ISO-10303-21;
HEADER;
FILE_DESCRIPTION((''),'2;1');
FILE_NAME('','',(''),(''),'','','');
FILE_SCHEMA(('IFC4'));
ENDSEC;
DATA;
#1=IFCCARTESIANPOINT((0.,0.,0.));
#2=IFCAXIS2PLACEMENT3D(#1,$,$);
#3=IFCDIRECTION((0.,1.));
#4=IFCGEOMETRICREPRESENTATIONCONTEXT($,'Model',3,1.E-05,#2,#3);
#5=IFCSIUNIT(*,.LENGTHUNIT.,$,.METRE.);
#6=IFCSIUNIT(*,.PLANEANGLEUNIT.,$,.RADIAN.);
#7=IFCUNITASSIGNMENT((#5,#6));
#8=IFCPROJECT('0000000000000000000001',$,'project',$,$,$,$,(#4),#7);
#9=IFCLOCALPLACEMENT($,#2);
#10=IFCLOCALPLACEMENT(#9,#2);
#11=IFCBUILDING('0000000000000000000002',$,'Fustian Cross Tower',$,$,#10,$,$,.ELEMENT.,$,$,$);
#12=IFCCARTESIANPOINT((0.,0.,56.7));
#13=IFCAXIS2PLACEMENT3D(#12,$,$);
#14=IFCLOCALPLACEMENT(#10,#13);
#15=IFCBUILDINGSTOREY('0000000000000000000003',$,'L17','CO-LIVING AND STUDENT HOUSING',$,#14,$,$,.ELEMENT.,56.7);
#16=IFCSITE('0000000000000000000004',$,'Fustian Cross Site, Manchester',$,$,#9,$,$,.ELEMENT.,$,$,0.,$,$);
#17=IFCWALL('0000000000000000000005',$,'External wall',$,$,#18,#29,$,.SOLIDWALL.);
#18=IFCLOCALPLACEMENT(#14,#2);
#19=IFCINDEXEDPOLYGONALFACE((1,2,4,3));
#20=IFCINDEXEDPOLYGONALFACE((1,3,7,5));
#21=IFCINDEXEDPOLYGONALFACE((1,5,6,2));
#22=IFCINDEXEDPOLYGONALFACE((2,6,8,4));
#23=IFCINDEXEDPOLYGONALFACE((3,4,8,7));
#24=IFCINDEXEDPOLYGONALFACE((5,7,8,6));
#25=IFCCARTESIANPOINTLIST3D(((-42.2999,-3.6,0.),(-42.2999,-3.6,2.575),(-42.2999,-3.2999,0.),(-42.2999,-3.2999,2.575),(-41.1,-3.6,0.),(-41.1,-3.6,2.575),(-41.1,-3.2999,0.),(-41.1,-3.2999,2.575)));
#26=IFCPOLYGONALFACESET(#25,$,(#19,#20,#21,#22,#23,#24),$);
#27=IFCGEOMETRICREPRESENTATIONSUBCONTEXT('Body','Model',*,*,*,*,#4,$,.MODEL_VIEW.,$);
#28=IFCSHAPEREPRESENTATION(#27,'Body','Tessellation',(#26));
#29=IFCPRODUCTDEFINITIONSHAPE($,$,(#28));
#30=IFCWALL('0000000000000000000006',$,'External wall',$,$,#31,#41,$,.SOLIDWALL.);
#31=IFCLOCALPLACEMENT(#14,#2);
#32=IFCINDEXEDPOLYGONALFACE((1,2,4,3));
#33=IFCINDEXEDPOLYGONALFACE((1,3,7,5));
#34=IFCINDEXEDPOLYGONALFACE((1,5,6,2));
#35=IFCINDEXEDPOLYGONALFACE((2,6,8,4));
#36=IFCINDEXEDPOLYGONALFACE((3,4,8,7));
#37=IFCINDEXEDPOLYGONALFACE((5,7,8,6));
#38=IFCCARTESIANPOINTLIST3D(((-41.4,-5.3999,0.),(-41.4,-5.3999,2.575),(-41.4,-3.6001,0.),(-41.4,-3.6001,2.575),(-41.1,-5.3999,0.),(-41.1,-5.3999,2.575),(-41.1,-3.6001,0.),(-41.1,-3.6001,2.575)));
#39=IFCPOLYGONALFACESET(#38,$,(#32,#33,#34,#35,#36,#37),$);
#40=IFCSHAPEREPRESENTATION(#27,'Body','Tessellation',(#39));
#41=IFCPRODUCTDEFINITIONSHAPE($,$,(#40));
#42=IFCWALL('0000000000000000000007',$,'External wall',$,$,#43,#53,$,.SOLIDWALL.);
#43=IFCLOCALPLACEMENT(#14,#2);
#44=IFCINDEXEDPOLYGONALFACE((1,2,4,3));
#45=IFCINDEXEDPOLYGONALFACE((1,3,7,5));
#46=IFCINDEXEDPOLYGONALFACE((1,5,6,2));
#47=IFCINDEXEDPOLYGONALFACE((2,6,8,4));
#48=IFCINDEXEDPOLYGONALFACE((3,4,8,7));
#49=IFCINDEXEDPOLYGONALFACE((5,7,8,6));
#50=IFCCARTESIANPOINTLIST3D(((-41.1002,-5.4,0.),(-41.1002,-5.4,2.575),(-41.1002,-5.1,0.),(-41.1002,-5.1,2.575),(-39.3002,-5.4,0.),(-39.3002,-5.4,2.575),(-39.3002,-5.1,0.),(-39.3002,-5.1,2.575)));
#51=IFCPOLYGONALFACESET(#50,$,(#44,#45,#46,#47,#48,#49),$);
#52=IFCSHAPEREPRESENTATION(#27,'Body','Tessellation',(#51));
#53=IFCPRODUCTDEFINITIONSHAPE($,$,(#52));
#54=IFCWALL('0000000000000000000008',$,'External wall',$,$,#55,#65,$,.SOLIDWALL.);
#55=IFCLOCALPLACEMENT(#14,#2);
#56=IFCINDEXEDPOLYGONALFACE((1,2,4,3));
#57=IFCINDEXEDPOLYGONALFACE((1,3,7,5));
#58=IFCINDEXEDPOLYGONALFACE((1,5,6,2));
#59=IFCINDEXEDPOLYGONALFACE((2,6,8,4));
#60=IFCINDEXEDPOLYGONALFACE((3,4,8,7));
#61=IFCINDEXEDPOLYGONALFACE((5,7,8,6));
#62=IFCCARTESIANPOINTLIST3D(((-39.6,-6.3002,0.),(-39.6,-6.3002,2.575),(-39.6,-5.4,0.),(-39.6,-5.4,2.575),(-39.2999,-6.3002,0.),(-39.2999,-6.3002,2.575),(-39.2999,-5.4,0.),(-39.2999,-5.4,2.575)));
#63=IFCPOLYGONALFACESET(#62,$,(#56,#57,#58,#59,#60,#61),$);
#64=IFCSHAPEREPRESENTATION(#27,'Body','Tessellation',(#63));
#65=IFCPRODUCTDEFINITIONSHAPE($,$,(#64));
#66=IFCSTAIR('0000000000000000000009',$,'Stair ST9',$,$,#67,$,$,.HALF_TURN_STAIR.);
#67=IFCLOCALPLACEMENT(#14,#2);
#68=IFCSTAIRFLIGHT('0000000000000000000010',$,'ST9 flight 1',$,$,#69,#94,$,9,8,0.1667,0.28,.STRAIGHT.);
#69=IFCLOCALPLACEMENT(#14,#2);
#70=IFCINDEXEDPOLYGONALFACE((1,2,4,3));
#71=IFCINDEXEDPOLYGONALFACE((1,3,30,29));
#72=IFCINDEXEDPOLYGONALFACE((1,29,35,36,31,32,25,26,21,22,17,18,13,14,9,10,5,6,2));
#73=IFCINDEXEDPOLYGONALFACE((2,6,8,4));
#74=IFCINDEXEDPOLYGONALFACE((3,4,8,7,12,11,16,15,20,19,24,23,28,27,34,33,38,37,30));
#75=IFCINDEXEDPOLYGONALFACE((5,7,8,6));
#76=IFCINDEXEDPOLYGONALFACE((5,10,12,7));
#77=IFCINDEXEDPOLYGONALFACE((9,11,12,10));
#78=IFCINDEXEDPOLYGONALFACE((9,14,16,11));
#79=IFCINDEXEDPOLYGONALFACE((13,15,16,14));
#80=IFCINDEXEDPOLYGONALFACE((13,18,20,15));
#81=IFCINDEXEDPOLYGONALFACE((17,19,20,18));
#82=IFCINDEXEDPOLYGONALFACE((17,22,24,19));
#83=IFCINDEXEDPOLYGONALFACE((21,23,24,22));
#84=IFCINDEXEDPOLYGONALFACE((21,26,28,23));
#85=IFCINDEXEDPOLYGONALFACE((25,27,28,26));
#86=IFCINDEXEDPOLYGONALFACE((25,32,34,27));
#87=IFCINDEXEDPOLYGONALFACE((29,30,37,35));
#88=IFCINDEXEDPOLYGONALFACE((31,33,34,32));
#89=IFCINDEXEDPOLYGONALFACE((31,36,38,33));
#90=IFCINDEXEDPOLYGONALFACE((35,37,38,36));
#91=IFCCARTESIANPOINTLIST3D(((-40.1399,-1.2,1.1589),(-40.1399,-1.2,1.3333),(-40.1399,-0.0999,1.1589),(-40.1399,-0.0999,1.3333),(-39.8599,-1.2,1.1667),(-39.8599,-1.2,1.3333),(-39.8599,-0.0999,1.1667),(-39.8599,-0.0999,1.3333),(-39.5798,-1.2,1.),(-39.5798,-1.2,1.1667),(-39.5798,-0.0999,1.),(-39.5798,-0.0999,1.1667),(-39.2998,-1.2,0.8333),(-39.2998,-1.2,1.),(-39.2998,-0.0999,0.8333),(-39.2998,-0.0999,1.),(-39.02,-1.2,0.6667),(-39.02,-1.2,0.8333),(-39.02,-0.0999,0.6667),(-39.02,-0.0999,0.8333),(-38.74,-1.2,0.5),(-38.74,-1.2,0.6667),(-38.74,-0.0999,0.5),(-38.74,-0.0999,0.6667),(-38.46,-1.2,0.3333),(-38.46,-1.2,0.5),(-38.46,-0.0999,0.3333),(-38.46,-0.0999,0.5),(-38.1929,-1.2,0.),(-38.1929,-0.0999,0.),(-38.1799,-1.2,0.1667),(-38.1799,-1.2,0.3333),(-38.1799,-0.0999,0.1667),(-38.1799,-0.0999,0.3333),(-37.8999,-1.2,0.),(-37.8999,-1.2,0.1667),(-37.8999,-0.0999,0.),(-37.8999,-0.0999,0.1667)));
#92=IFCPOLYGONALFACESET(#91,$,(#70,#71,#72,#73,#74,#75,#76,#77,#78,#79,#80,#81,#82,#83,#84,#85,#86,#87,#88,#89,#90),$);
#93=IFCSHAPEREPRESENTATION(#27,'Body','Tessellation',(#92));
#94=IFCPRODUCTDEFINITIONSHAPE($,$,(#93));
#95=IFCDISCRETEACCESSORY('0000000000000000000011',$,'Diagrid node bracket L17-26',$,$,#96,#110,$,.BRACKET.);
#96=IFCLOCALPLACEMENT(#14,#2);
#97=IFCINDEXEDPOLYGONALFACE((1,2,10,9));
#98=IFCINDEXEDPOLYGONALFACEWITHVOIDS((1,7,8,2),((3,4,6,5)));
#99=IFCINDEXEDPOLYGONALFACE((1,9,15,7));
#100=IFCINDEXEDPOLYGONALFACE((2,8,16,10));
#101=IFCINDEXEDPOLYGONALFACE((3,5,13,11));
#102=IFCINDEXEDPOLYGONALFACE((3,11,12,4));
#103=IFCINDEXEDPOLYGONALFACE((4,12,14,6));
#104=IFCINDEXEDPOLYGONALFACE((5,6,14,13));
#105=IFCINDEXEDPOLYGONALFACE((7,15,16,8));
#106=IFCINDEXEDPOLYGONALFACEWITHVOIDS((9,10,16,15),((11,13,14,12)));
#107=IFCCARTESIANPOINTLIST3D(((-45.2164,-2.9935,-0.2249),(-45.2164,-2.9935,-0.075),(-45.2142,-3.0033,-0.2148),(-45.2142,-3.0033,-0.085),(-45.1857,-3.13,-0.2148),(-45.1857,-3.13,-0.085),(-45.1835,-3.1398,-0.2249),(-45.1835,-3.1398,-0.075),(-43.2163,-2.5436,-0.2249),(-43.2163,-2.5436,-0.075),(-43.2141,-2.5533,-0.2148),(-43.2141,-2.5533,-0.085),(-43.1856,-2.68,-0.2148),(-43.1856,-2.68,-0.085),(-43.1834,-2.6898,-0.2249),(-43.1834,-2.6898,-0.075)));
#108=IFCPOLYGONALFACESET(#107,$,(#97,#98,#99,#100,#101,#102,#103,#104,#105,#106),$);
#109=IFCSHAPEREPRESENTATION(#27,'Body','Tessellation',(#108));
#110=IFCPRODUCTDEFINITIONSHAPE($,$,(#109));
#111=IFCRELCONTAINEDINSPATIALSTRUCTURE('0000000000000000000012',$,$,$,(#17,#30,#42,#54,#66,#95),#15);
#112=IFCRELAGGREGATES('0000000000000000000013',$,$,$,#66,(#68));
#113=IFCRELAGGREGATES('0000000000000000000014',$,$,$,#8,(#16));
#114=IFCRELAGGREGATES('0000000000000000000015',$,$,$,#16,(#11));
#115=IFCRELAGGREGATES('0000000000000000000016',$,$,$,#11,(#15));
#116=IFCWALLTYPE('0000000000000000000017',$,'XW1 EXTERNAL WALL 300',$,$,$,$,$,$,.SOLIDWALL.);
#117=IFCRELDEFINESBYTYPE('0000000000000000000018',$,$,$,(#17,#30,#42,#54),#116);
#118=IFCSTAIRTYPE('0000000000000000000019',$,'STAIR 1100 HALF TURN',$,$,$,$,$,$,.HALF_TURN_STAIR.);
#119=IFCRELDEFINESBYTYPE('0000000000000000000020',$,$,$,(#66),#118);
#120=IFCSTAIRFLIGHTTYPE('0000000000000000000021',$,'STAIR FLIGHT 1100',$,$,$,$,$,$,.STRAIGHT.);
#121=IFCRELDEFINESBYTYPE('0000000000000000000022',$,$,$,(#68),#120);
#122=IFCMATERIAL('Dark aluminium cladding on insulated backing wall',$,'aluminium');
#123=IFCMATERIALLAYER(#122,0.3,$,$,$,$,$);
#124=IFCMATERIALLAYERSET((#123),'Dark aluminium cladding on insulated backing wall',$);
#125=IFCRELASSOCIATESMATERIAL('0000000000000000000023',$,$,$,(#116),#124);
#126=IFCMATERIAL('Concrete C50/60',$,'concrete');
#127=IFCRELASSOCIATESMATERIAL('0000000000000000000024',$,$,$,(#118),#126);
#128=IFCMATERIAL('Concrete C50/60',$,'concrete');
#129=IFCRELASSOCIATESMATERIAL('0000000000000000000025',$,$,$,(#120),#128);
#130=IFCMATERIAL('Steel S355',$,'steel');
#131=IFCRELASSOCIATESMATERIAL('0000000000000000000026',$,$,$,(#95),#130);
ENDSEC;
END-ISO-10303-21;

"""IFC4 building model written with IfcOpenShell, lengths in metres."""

from ifc_helpers import new_model, si_unit, direction, frame, frame_2d, origin, origin_2d, place, context, subcontext, project, spatial, polyline, rectangle, hollow_rectangle, outline, extrude, material, layer, layer_set, type_object, element, aggregate, save


model = new_model("IFC4")

# Units and contexts
model_context = context("Model", 3, precision=1e-05, world=origin(), true_north=direction((0.0, 1.0)))
body_context = subcontext(model_context, "Body", "Model", "MODEL_VIEW")
ifc_project = project(units=[si_unit("LENGTHUNIT", "METRE"), si_unit("PLANEANGLEUNIT", "RADIAN")], contexts=[model_context])

# Site, building, storey
site_placement = place(None, origin())
site = spatial("IfcSite", under=ifc_project, at=site_placement, Name="Fustian Cross Site, Manchester", CompositionType="ELEMENT", RefElevation=0.0)
building_placement = place(site_placement, origin())
building = spatial("IfcBuilding", under=site, at=building_placement, Name="Fustian Cross Tower", CompositionType="ELEMENT")
storey_placement = place(building_placement, frame((0.0, 0.0, 56.7)))
storey = spatial("IfcBuildingStorey", under=building, at=storey_placement, Name="L17", Description="CO-LIVING AND STUDENT HOUSING", CompositionType="ELEMENT", Elevation=56.7)

# Walls
ifc_material_1 = material(Name="Dark aluminium cladding on insulated backing wall", Category="aluminium")
ifc_layer_1 = layer(ifc_material_1, 0.3)
ifc_layer_set_1 = layer_set([ifc_layer_1], Name="Dark aluminium cladding on insulated backing wall")
wall_type_1 = type_object("IfcWallType", Name="XW1 EXTERNAL WALL 300", PredefinedType="SOLIDWALL", material=ifc_layer_set_1)
wall_1_placement = place(storey_placement, frame((-42.3, -3.45, 0.0), z_axis=(0.0, 0.0, 1.0), x_axis=(1.0, 0.0, 0.0)))
element("IfcWall", 1, at=wall_1_placement, inside=storey, type_object=wall_type_1, Name="External wall", PredefinedType="SOLIDWALL", context=body_context, shape_type="SweptSolid", body=[
    extrude(rectangle(XDim=1.2, YDim=0.3, at=frame_2d((0.6001, 0.0))), origin(), (0.0, 0.0, 1.0), 2.575),
])
wall_2_placement = place(storey_placement, frame((-41.25, -3.6001, 0.0), z_axis=(0.0, 0.0, 1.0), x_axis=(0.0, -1.0, 0.0)))
element("IfcWall", 2, at=wall_2_placement, inside=storey, type_object=wall_type_1, Name="External wall", PredefinedType="SOLIDWALL", context=body_context, shape_type="SweptSolid", body=[
    extrude(rectangle(XDim=1.7998, YDim=0.3, at=frame_2d((0.8999, 0.0))), origin(), (0.0, 0.0, 1.0), 2.575),
])
wall_3_placement = place(storey_placement, frame((-41.1001, -5.25, 0.0), z_axis=(0.0, 0.0, 1.0), x_axis=(1.0, 0.0, 0.0)))
element("IfcWall", 3, at=wall_3_placement, inside=storey, type_object=wall_type_1, Name="External wall", PredefinedType="SOLIDWALL", context=body_context, shape_type="SweptSolid", body=[
    extrude(rectangle(XDim=1.8, YDim=0.3, at=frame_2d((0.8999, 0.0))), origin(), (0.0, 0.0, 1.0), 2.575),
])
wall_4_placement = place(storey_placement, frame((-39.45, -5.3999, 0.0), z_axis=(0.0, 0.0, 1.0), x_axis=(0.0, -1.0, 0.0)))
element("IfcWall", 4, at=wall_4_placement, inside=storey, type_object=wall_type_1, Name="External wall", PredefinedType="SOLIDWALL", context=body_context, shape_type="SweptSolid", body=[
    extrude(rectangle(XDim=0.9001, YDim=0.3, at=frame_2d((0.4502, 0.0))), origin(), (0.0, 0.0, 1.0), 2.575),
])

# Stair, stair flight
ifc_material_2 = material(Name="Concrete C50/60", Category="concrete")
stair_type = type_object("IfcStairType", Name="STAIR 1100 HALF TURN", PredefinedType="HALF_TURN_STAIR", material=ifc_material_2)
stair_placement = place(storey_placement, origin())
stair = element("IfcStair", 5, at=stair_placement, inside=storey, type_object=stair_type, Name="Stair ST9", PredefinedType="HALF_TURN_STAIR")
ifc_material_3 = material(Name="Concrete C50/60", Category="concrete")
stair_flight_type = type_object("IfcStairFlightType", Name="STAIR FLIGHT 1100", PredefinedType="STRAIGHT", material=ifc_material_3)
stair_flight_placement = place(storey_placement, frame((-37.8999, -0.6499, 0.0), z_axis=(0.0, 0.0, 1.0), x_axis=(-1.0, 0.0, 0.0)))
stair_flight = element("IfcStairFlight", 6, at=stair_flight_placement, type_object=stair_flight_type, Name="ST9 flight 1", NumberOfRisers=9, NumberOfTreads=8, PredefinedType="STRAIGHT", RiserHeight=0.1667, TreadLength=0.28, context=body_context, shape_type="SweptSolid", body=[
    extrude(outline(polyline([(0.0, 0.0), (0.0, 0.1667), (0.28, 0.1667), (0.28, 0.3333), (0.5601, 0.3333), (0.5601, 0.5), (0.8401, 0.5), (0.8401, 0.6667), (1.1201, 0.6667), (1.1201, 0.8333), (1.3999, 0.8333), (1.3999, 1.0), (1.6799, 1.0), (1.6799, 1.1667), (1.96, 1.1667), (1.96, 1.3333), (2.24, 1.3333), (2.24, 1.5), (2.24, 1.1589), (0.293, 0.0), (0.0, 0.0)])), frame((0.0, 0.55, 0.0), z_axis=(0.0, -1.0, 0.0), x_axis=(1.0, 0.0, 0.0)), (0.0, 0.0, 1.0), 1.1001),
])
aggregate(stair, [stair_flight])

# Discrete accessory
ifc_material_4 = material(Name="Steel S355", Category="steel")
discrete_accessory_placement = place(storey_placement, frame((-45.2, -3.0667, -0.1499), z_axis=(0.975615, 0.21949, 0.0), x_axis=(-0.21949, 0.975615, 0.0)))
element("IfcDiscreteAccessory", 7, at=discrete_accessory_placement, inside=storey, material=ifc_material_4, Name="Diagrid node bracket L17-26", PredefinedType="BRACKET", context=body_context, shape_type="SweptSolid", body=[
    extrude(hollow_rectangle(XDim=0.1499, YDim=0.1499, WallThickness=0.01, at=origin_2d()), origin(), (0.0, 0.0, 1.0), 2.05),
])

save(model, "model.ifc")
